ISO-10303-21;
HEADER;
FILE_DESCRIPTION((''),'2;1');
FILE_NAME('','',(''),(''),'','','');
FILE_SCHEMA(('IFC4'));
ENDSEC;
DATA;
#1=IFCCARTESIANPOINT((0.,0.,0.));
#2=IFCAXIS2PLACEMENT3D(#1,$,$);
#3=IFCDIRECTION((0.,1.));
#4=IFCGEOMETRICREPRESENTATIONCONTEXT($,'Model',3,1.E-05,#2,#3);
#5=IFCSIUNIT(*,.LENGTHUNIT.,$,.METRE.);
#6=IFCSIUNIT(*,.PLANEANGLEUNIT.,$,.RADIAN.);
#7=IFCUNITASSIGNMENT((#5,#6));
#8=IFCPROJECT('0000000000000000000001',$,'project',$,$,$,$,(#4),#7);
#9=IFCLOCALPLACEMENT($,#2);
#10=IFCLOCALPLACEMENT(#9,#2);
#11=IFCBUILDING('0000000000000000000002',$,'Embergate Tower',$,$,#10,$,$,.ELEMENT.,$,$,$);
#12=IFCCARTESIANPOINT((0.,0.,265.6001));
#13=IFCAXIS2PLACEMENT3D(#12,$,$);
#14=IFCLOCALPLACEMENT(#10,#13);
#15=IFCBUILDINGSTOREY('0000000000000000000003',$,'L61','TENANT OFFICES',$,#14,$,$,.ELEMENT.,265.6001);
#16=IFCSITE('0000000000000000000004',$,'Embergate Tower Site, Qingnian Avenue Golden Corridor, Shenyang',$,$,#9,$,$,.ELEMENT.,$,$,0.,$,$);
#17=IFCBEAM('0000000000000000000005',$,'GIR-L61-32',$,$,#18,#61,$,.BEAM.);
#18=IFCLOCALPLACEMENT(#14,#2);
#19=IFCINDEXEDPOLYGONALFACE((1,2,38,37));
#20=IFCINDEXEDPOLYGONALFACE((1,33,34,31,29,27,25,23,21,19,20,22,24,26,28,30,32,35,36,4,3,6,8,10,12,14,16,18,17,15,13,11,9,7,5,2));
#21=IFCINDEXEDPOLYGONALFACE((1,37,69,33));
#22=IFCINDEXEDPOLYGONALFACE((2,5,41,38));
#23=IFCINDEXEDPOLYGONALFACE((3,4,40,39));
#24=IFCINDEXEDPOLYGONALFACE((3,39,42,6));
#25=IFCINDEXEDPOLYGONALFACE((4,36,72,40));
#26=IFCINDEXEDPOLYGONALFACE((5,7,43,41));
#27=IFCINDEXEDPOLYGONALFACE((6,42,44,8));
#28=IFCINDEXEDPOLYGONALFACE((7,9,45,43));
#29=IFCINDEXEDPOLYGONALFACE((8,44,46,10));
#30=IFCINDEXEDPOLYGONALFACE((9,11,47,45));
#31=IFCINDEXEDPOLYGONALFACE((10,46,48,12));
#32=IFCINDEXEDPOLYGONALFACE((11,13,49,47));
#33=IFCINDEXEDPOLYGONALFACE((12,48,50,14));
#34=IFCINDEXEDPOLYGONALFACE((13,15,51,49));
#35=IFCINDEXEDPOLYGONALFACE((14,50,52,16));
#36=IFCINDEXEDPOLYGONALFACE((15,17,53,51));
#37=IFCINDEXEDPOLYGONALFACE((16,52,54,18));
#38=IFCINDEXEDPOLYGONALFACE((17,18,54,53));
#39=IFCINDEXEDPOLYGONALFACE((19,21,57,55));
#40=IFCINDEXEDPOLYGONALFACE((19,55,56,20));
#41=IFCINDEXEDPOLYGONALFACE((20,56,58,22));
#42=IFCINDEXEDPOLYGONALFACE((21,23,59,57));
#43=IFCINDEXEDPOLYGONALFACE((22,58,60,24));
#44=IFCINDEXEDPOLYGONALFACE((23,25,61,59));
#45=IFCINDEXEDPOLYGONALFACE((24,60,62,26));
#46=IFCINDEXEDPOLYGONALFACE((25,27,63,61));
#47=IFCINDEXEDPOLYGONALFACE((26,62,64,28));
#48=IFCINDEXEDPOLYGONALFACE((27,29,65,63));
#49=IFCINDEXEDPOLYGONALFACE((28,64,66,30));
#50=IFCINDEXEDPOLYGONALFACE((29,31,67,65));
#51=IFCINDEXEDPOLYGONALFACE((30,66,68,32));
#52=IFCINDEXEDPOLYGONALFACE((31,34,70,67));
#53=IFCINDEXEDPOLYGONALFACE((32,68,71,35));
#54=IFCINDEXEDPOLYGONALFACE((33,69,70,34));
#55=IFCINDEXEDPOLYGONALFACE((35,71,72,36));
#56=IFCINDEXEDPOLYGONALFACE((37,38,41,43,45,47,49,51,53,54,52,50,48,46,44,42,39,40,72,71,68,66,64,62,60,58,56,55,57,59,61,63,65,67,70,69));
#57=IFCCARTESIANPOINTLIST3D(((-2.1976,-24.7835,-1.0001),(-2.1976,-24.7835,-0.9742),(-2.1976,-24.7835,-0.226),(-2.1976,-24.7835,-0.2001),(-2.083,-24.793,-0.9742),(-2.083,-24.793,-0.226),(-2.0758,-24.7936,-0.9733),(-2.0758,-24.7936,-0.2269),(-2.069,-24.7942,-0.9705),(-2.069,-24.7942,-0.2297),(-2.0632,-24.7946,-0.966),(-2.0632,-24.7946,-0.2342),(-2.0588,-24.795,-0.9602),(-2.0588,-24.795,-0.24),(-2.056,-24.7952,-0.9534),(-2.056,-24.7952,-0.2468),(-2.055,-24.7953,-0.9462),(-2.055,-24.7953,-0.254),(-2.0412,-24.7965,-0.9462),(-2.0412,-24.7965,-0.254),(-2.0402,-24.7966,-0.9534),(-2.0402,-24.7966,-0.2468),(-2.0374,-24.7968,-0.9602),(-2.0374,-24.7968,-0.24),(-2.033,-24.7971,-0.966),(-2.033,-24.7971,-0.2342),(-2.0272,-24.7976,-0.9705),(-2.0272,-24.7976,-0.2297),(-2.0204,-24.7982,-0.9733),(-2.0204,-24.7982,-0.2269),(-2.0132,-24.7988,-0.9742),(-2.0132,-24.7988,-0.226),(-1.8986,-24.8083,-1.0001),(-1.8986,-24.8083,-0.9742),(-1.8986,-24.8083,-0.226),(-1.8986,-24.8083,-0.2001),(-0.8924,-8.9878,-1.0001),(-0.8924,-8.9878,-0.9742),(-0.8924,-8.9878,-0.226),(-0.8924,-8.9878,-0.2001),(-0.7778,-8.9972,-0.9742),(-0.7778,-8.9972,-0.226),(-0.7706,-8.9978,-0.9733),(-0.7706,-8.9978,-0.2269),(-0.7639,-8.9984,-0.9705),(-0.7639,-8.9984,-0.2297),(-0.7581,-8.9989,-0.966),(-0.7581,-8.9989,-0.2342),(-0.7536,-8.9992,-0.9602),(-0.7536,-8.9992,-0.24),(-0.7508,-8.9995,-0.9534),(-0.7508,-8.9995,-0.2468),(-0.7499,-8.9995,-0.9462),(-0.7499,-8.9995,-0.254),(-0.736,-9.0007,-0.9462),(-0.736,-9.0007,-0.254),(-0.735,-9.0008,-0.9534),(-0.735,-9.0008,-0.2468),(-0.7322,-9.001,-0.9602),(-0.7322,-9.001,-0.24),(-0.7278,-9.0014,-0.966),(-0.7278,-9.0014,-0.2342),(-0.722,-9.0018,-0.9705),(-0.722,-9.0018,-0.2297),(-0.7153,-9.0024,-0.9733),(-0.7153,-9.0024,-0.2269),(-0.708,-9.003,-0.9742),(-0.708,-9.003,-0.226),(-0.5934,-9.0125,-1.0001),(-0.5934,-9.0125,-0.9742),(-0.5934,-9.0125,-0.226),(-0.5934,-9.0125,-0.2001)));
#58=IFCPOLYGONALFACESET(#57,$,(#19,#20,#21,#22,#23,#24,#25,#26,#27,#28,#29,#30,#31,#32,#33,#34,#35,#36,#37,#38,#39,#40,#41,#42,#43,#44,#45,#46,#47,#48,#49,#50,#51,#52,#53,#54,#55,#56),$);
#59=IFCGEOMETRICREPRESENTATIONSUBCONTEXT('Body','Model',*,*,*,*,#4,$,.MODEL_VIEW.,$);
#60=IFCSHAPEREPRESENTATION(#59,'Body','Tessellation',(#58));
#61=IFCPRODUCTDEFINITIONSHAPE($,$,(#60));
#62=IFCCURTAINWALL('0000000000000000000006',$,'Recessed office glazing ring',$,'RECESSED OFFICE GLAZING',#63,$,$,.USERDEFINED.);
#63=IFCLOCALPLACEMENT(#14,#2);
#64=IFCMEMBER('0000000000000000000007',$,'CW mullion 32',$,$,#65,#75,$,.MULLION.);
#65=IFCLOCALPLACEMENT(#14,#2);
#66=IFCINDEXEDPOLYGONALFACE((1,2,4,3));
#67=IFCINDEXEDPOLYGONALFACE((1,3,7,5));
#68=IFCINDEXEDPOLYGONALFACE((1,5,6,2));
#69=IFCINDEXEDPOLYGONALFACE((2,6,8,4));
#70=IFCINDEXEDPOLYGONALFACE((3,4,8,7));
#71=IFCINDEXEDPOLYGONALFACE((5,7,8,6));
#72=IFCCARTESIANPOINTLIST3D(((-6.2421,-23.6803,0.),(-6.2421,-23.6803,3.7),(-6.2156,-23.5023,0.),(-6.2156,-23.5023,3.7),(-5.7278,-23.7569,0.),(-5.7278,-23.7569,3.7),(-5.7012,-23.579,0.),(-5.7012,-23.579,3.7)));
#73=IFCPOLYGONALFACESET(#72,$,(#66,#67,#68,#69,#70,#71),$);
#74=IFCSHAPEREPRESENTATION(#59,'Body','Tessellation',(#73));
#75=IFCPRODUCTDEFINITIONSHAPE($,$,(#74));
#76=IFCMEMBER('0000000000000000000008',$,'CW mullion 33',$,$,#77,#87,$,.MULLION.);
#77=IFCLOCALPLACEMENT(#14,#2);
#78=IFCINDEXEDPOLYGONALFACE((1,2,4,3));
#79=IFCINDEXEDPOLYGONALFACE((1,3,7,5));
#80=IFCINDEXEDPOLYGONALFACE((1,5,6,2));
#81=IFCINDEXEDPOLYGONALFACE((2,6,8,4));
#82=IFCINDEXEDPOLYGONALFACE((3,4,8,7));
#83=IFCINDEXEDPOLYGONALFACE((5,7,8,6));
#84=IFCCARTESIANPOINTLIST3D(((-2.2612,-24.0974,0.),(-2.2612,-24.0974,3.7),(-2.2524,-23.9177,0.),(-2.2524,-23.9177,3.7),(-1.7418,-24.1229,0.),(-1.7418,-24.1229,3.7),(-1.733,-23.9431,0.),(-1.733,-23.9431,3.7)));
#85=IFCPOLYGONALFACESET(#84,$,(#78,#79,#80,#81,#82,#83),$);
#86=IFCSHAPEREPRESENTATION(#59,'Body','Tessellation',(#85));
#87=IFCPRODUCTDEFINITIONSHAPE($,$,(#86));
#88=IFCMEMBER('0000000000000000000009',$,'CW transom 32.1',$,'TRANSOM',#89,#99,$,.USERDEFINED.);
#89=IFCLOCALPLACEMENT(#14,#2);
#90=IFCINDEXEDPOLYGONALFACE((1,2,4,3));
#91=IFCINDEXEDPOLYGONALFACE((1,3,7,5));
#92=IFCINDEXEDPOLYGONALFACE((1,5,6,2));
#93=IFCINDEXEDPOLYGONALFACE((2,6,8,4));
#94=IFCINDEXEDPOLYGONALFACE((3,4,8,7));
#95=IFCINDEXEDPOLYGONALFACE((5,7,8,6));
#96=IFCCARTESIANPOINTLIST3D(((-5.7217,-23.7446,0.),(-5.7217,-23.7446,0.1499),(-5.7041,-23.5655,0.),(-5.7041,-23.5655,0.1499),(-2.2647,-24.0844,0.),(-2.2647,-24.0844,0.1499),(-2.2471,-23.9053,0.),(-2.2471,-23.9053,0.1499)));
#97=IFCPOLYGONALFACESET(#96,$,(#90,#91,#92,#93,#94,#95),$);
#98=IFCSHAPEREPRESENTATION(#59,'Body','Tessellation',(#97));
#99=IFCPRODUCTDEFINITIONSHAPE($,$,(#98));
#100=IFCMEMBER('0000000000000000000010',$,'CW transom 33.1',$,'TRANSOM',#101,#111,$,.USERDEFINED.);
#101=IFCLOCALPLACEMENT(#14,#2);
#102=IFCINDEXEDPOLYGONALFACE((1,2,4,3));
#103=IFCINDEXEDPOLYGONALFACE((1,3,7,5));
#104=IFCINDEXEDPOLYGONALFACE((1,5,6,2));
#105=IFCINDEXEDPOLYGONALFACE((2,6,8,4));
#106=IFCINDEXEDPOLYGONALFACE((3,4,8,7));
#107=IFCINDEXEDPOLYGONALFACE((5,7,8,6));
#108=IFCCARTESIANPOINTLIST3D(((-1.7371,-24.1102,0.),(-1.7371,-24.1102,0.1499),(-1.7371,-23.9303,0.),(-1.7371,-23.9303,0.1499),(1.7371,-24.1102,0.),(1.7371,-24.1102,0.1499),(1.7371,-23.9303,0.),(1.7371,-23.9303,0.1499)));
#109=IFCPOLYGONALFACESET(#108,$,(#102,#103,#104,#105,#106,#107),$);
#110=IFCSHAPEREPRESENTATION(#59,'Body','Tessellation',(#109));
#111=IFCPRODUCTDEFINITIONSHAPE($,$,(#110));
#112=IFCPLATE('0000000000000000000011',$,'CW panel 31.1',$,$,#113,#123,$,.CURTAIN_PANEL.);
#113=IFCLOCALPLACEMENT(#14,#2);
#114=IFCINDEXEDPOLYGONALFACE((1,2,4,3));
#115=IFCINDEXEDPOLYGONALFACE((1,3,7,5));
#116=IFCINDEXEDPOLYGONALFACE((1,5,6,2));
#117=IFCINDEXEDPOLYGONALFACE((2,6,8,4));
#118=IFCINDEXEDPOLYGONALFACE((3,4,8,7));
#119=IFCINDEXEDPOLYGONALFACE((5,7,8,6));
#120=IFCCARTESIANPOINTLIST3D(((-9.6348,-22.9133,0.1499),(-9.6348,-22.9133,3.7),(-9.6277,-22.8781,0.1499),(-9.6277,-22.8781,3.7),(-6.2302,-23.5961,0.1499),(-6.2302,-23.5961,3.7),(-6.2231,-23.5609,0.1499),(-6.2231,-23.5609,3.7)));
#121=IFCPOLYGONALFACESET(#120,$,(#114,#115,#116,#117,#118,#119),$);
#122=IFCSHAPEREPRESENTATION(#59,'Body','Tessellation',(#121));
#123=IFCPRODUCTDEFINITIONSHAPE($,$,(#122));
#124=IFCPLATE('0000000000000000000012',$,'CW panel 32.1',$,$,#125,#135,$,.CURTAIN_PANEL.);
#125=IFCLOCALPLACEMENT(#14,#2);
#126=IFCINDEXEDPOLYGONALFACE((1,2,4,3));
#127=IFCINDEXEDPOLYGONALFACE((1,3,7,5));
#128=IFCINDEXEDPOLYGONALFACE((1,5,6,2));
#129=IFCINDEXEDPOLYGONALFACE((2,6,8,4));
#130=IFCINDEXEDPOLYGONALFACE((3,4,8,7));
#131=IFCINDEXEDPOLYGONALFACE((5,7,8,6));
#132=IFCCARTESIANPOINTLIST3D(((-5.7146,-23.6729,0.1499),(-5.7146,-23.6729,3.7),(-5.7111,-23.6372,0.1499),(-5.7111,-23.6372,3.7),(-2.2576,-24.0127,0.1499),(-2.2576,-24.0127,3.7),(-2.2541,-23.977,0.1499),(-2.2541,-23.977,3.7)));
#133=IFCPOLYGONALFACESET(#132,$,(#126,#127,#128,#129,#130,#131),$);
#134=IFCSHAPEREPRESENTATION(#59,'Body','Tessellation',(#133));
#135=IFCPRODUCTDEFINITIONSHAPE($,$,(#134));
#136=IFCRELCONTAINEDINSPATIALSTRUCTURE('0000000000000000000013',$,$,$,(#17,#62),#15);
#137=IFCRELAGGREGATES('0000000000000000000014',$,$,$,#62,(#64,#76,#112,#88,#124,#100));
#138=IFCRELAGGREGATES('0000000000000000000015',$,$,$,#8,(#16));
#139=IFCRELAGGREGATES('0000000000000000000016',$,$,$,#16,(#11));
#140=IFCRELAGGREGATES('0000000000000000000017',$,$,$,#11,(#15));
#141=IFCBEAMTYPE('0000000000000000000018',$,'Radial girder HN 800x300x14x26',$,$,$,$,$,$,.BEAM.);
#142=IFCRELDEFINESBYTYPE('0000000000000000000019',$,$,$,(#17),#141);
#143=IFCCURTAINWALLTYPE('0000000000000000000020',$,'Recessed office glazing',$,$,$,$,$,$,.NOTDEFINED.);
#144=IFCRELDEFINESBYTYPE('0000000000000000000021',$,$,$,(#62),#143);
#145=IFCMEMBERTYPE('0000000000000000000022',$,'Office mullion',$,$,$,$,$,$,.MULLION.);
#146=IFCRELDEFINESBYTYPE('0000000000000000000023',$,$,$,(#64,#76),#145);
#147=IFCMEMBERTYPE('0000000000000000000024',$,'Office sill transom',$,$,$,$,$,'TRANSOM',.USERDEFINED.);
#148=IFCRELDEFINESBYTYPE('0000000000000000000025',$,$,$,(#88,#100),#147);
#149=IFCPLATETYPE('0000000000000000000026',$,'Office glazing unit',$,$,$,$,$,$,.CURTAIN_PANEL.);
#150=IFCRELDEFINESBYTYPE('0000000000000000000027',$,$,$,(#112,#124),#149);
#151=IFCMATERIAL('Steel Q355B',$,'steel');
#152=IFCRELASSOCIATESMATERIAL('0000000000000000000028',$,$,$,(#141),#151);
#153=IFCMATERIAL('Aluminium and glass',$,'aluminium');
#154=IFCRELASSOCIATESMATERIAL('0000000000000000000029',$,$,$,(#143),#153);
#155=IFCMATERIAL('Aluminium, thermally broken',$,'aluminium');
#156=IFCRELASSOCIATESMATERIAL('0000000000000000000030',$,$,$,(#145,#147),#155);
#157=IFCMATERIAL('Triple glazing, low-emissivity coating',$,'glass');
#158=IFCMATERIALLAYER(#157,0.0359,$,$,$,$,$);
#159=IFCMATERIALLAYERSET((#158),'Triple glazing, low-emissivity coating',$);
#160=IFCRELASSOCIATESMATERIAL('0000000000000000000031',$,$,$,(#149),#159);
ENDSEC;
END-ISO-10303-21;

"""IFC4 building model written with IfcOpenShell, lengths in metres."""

from ifc_helpers import new_model, si_unit, direction, frame, origin, origin_2d, place, context, subcontext, project, spatial, rectangle, i_section, extrude, source, transform, mapped, material, layer, layer_set, material_profile, profile_set, type_object, element, aggregate, save


model = new_model("IFC4")

# Units and contexts
model_context = context("Model", 3, precision=1e-05, world=origin(), true_north=direction((0.0, 1.0)))
body_context = subcontext(model_context, "Body", "Model", "MODEL_VIEW")
ifc_project = project(units=[si_unit("LENGTHUNIT", "METRE"), si_unit("PLANEANGLEUNIT", "RADIAN")], contexts=[model_context])

# Site, building, storey
site_placement = place(None, origin())
site = spatial("IfcSite", under=ifc_project, at=site_placement, Name="Embergate Tower Site, Qingnian Avenue Golden Corridor, Shenyang", CompositionType="ELEMENT", RefElevation=0.0)
building_placement = place(site_placement, origin())
building = spatial("IfcBuilding", under=site, at=building_placement, Name="Embergate Tower", CompositionType="ELEMENT")
storey_placement = place(building_placement, frame((0.0, 0.0, 265.6001)))
storey = spatial("IfcBuildingStorey", under=building, at=storey_placement, Name="L61", Description="TENANT OFFICES", CompositionType="ELEMENT", Elevation=265.6001)

# Beam
ifc_material_1 = material(Name="Steel Q355B", Category="steel")
ifc_material_profile_1 = material_profile(ifc_material_1, i_section(OverallWidth=0.3, OverallDepth=0.8, WebThickness=0.0139, FlangeThickness=0.0259, FilletRadius=0.0281, at=origin_2d()), Name="HN 800x300x14x26")
ifc_profile_set_1 = profile_set([ifc_material_profile_1], Name="Steel Q355 grade B")
beam_type_1 = type_object("IfcBeamType", Name="Radial girder HN 800x300x14x26", PredefinedType="BEAM", material=ifc_profile_set_1)
shared_shape_1 = source(origin(), body_context, "Body", "SweptSolid", [
    extrude(i_section(OverallWidth=0.3, OverallDepth=0.8, WebThickness=0.0139, FlangeThickness=0.0259, FilletRadius=0.0281, at=origin_2d()), origin(), (0.0, 0.0, 1.0), 15.8496),
])
beam_1_placement = place(storey_placement, frame((-2.0481, -24.7959, -0.6001), z_axis=(0.082347, 0.996604, 0.0), x_axis=(-0.996604, 0.082347, 0.0)))
element("IfcBeam", 1, at=beam_1_placement, inside=storey, type_object=beam_type_1, Name="GIR-L61-32", PredefinedType="BEAM", context=body_context, shape_type="MappedRepresentation", body=[
    mapped(shared_shape_1, transform((0.0, 0.0, 0.0))),
])

# Curtain wall, members, plates
ifc_material_2 = material(Name="Aluminium and glass", Category="aluminium")
curtain_wall_type = type_object("IfcCurtainWallType", Name="Recessed office glazing", PredefinedType="NOTDEFINED", material=ifc_material_2)
curtain_wall_placement = place(storey_placement, origin())
curtain_wall = element("IfcCurtainWall", 2, at=curtain_wall_placement, inside=storey, type_object=curtain_wall_type, Name="Recessed office glazing ring", ObjectType="RECESSED OFFICE GLAZING", PredefinedType="USERDEFINED")
ifc_material_3 = material(Name="Aluminium, thermally broken", Category="aluminium")
ifc_material_profile_2 = material_profile(ifc_material_3, rectangle(XDim=0.1799, YDim=0.52, at=origin_2d()), Name="AL 520x180")
ifc_profile_set_2 = profile_set([ifc_material_profile_2], Name="Aluminium, thermally broken")
member_type_1 = type_object("IfcMemberType", Name="Office mullion", PredefinedType="MULLION", material=ifc_profile_set_2)
shared_shape_2 = source(origin(), body_context, "Body", "SweptSolid", [
    extrude(rectangle(XDim=0.1799, YDim=0.52, at=origin_2d()), origin(), (0.0, 0.0, 1.0), 3.7),
])
member_1_placement = place(storey_placement, frame((-5.9717, -23.6296, 0.0), z_axis=(0.0, 0.0, 1.0), x_axis=(0.147409, 0.989076, 0.0)))
member_1 = element("IfcMember", 3, at=member_1_placement, type_object=member_type_1, Name="CW mullion 32", PredefinedType="MULLION", context=body_context, shape_type="MappedRepresentation", body=[
    mapped(shared_shape_2, transform((0.0, 0.0, 0.0))),
])
member_2_placement = place(storey_placement, frame((-1.9971, -24.0203, 0.0), z_axis=(0.0, 0.0, 1.0), x_axis=(0.04897, 0.9988, 0.0)))
member_2 = element("IfcMember", 4, at=member_2_placement, type_object=member_type_1, Name="CW mullion 33", PredefinedType="MULLION", context=body_context, shape_type="MappedRepresentation", body=[
    mapped(shared_shape_2, transform((0.0, 0.0, 0.0))),
])
ifc_material_profile_3 = material_profile(ifc_material_3, rectangle(XDim=0.1799, YDim=0.1499, at=origin_2d()), Name="AL 150x180")
ifc_profile_set_3 = profile_set([ifc_material_profile_3], Name="Aluminium, thermally broken")
member_type_2 = type_object("IfcMemberType", Name="Office sill transom", ElementType="TRANSOM", PredefinedType="USERDEFINED", material=ifc_profile_set_3)
shared_shape_3 = source(origin(), body_context, "Body", "SweptSolid", [
    extrude(rectangle(XDim=0.1799, YDim=0.1499, at=origin_2d()), origin(), (0.0, 0.0, 1.0), 3.4736),
])
member_3_placement = place(storey_placement, frame((-5.7129, -23.655, 0.075), z_axis=(0.995203, -0.097833, 0.0), x_axis=(0.097833, 0.995203, 0.0)))
member_3 = element("IfcMember", 5, at=member_3_placement, type_object=member_type_2, Name="CW transom 32.1", ObjectType="TRANSOM", PredefinedType="USERDEFINED", context=body_context, shape_type="MappedRepresentation", body=[
    mapped(shared_shape_3, transform((0.0, 0.0, 0.0))),
])
shared_shape_4 = source(origin(), body_context, "Body", "SweptSolid", [
    extrude(rectangle(XDim=0.1799, YDim=0.1499, at=origin_2d()), origin(), (0.0, 0.0, 1.0), 3.4741),
])
member_4_placement = place(storey_placement, frame((-1.7371, -24.0203, 0.075), z_axis=(1.0, 0.0, 0.0), x_axis=(0.0, 1.0, 0.0)))
member_4 = element("IfcMember", 6, at=member_4_placement, type_object=member_type_2, Name="CW transom 33.1", ObjectType="TRANSOM", PredefinedType="USERDEFINED", context=body_context, shape_type="MappedRepresentation", body=[
    mapped(shared_shape_4, transform((0.0, 0.0, 0.0))),
])
ifc_material_4 = material(Name="Triple glazing, low-emissivity coating", Category="glass")
ifc_layer = layer(ifc_material_4, 0.0359)
ifc_layer_set = layer_set([ifc_layer], Name="Triple glazing, low-emissivity coating")
plate_type = type_object("IfcPlateType", Name="Office glazing unit", PredefinedType="CURTAIN_PANEL", material=ifc_layer_set)
shared_shape_5 = source(origin(), body_context, "Body", "SweptSolid", [
    extrude(rectangle(XDim=3.4724, YDim=0.0359, at=origin_2d()), origin(), (0.0, 0.0, 1.0), 3.55),
])
plate_1_placement = place(storey_placement, frame((-7.929, -23.2371, 0.1499), z_axis=(0.0, 0.0, 1.0), x_axis=(0.980476, -0.196638, 0.0)))
plate_1 = element("IfcPlate", 7, at=plate_1_placement, type_object=plate_type, Name="CW panel 31.1", PredefinedType="CURTAIN_PANEL", context=body_context, shape_type="MappedRepresentation", body=[
    mapped(shared_shape_5, transform((0.0, 0.0, 0.0))),
])
shared_shape_6 = source(origin(), body_context, "Body", "SweptSolid", [
    extrude(rectangle(XDim=3.4736, YDim=0.0359, at=origin_2d()), origin(), (0.0, 0.0, 1.0), 3.55),
])
plate_2_placement = place(storey_placement, frame((-3.9844, -23.825, 0.1499), z_axis=(0.0, 0.0, 1.0), x_axis=(0.995203, -0.097828, 0.0)))
plate_2 = element("IfcPlate", 8, at=plate_2_placement, type_object=plate_type, Name="CW panel 32.1", PredefinedType="CURTAIN_PANEL", context=body_context, shape_type="MappedRepresentation", body=[
    mapped(shared_shape_6, transform((0.0, 0.0, 0.0))),
])
aggregate(curtain_wall, [member_1, member_2, plate_1, member_3, plate_2, member_4])

save(model, "model.ifc")
